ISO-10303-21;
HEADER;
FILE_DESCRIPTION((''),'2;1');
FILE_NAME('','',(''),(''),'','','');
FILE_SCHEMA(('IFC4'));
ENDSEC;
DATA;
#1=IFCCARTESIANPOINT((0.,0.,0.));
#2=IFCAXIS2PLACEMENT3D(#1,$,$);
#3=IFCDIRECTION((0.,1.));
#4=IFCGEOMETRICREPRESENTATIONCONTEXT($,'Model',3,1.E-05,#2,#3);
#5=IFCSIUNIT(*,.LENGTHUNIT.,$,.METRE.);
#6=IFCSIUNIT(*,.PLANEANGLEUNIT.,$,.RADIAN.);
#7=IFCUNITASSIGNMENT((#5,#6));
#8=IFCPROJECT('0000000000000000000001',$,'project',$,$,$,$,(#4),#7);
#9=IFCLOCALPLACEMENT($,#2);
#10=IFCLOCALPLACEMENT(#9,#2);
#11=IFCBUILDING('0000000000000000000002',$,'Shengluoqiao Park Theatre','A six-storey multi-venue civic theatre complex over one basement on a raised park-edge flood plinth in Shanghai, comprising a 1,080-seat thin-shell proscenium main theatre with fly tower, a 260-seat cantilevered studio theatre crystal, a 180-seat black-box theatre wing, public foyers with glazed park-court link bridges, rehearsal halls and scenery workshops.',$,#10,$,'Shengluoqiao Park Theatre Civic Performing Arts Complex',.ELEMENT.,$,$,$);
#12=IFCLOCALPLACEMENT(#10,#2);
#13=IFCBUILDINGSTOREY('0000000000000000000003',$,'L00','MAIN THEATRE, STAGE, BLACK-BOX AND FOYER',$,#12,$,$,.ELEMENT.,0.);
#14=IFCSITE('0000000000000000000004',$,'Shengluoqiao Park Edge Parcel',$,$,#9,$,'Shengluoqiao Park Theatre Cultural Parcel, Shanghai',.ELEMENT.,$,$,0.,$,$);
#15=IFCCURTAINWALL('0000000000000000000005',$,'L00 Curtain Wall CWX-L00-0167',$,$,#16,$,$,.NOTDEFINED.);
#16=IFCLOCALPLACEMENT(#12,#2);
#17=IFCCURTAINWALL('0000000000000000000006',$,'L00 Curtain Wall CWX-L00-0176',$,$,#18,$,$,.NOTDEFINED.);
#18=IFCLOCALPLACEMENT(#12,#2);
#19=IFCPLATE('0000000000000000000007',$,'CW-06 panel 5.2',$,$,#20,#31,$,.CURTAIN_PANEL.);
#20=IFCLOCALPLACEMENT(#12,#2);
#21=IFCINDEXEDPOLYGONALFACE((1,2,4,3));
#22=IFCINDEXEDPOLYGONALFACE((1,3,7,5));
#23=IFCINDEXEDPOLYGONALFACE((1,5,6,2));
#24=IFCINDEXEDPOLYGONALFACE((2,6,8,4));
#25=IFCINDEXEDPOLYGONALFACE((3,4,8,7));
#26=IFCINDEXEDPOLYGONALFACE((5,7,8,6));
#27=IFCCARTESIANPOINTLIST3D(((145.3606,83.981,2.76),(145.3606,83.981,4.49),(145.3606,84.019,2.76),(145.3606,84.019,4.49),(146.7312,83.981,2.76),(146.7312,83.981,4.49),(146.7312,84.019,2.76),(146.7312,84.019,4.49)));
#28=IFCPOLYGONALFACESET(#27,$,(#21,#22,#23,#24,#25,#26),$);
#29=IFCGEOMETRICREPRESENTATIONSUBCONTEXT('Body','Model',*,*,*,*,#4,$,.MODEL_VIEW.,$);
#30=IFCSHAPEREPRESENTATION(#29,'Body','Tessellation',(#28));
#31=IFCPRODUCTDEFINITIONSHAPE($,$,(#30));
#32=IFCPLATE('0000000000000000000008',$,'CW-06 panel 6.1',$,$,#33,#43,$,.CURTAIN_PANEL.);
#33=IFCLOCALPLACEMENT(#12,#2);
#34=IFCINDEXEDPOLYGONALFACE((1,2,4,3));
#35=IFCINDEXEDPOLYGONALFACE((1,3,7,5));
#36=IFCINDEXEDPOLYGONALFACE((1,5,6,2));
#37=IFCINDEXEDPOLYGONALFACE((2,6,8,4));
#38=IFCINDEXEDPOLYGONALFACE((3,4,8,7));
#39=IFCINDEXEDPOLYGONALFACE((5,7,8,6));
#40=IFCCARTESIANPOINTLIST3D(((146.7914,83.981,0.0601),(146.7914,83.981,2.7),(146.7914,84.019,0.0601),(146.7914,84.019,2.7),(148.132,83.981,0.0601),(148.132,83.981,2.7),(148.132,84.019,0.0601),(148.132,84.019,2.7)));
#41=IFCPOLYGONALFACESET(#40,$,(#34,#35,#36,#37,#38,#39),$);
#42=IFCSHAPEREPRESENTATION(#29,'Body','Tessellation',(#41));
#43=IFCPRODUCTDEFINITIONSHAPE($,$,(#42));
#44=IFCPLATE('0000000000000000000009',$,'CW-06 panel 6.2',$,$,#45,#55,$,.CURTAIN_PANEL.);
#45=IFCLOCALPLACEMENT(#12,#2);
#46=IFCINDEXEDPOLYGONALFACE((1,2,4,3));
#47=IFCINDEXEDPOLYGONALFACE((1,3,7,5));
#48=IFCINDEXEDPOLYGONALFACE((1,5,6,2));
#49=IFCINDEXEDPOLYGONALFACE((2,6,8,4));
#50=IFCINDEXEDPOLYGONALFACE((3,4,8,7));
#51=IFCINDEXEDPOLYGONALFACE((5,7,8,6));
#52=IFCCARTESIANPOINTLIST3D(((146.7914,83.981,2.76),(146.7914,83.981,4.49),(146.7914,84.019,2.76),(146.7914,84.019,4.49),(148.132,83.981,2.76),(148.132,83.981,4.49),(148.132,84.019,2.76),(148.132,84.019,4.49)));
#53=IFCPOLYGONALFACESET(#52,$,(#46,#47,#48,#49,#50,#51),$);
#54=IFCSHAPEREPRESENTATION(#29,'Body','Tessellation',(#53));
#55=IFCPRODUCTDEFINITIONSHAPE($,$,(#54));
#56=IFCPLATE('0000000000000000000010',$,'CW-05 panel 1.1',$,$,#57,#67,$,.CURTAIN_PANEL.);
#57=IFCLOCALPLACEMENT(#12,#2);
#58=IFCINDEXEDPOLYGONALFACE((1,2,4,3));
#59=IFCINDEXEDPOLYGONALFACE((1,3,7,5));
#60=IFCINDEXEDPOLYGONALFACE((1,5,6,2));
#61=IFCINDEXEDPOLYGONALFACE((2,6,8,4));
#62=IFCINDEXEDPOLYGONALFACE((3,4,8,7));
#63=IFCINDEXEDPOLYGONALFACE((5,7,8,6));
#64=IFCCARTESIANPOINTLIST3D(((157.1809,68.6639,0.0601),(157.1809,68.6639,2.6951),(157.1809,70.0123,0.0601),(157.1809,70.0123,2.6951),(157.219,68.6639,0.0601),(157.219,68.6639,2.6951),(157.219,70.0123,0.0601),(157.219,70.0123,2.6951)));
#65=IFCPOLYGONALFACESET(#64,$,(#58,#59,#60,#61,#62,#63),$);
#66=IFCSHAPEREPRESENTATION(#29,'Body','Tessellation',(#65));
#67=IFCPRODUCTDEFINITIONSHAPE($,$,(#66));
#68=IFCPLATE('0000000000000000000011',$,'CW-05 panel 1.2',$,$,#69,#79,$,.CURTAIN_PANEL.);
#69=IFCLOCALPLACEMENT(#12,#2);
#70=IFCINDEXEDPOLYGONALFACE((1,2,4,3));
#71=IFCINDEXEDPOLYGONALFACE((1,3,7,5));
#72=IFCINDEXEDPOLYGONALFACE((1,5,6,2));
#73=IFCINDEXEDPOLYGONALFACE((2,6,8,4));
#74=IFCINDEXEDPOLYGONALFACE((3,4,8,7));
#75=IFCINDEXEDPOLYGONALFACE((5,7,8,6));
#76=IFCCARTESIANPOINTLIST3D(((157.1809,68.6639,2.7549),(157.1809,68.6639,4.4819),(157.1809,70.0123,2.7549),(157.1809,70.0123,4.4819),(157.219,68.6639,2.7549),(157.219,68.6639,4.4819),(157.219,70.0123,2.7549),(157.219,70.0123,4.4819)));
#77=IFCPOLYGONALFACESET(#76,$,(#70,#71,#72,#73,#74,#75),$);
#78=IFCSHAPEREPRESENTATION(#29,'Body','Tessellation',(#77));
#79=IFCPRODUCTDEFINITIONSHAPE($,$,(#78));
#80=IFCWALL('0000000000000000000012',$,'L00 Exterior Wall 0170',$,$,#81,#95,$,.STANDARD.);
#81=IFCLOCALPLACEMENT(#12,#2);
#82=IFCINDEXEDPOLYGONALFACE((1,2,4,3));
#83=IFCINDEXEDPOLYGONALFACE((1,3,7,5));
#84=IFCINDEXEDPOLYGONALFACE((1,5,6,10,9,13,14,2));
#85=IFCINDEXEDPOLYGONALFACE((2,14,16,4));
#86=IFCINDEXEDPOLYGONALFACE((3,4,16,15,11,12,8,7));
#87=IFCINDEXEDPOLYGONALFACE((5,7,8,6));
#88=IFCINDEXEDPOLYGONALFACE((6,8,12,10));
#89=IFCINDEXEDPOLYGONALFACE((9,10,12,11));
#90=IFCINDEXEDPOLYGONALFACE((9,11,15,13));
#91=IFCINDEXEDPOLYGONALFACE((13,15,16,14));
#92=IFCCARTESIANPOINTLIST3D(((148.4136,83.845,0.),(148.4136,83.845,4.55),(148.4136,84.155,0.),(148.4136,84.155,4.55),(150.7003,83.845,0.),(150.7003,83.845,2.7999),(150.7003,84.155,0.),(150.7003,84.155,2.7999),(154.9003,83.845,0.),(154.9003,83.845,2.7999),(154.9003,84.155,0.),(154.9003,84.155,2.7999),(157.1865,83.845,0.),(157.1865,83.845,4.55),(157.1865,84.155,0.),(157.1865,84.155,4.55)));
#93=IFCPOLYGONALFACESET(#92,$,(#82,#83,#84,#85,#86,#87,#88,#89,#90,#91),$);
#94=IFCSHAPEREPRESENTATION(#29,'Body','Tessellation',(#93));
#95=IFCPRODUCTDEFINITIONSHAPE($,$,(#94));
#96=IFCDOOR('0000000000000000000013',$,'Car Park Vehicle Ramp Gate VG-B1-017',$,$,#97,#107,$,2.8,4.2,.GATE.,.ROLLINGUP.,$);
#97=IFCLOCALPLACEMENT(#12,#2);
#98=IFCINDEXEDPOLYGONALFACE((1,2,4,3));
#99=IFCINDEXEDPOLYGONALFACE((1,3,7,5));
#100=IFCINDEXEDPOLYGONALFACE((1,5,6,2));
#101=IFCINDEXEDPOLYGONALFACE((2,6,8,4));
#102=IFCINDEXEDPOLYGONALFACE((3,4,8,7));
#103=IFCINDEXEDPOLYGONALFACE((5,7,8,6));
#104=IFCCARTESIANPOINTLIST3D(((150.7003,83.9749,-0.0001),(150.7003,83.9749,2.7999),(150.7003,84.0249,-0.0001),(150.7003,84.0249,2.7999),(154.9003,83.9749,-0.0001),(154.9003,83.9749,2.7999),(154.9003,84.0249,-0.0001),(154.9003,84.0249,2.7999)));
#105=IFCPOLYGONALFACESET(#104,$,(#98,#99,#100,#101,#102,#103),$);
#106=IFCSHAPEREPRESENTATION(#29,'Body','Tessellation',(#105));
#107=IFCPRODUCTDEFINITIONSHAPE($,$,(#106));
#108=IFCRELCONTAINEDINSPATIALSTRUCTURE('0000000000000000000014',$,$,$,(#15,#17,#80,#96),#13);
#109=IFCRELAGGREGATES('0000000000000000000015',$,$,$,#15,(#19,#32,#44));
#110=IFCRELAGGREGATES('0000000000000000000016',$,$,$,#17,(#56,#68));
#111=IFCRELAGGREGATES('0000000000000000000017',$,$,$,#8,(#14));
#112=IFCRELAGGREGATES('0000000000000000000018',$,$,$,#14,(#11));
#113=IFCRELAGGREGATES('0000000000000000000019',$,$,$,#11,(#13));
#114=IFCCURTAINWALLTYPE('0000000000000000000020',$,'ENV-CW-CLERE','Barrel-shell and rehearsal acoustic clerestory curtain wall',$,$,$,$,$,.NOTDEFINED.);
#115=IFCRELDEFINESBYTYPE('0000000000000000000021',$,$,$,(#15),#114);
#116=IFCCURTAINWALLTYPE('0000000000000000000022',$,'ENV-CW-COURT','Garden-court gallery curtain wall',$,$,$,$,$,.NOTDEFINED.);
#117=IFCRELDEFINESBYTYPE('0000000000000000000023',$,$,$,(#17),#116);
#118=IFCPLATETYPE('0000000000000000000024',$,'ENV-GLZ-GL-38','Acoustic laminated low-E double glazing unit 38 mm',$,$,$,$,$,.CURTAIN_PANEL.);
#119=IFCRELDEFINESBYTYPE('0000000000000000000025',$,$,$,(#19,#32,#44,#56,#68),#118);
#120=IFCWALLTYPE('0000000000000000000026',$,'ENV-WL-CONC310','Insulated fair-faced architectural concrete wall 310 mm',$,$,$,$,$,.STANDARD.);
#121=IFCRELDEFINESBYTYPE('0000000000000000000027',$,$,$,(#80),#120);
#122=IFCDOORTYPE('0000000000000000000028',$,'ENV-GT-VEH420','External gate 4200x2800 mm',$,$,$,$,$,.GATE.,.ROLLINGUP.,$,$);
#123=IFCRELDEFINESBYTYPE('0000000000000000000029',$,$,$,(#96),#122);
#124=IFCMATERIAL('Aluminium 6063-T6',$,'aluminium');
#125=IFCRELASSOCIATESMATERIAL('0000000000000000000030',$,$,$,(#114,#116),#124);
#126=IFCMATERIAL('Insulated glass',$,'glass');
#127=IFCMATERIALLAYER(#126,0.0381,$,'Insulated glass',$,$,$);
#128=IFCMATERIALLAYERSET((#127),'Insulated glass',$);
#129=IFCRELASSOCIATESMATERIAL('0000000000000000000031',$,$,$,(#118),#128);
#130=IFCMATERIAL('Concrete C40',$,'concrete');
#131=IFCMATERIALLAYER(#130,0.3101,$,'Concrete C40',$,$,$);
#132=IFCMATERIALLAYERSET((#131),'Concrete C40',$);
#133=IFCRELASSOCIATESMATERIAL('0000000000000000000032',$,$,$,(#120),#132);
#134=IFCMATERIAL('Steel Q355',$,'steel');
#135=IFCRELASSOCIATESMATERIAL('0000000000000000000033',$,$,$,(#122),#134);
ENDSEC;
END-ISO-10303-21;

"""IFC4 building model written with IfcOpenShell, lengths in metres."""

from ifc_helpers import new_model, si_unit, direction, frame, frame_2d, origin, origin_2d, place, context, subcontext, project, spatial, rectangle, extrude, material, layer, layer_set, type_object, element, fill, aggregate, save


model = new_model("IFC4")

# Units and contexts
model_context = context("Model", 3, precision=1e-05, world=origin(), true_north=direction((0.0, 1.0)))
body_context = subcontext(model_context, "Body", "Model", "MODEL_VIEW")
ifc_project = project(units=[si_unit("LENGTHUNIT", "METRE"), si_unit("PLANEANGLEUNIT", "RADIAN")], contexts=[model_context])

# Site, building, storey
site_placement = place(None, origin())
site = spatial("IfcSite", under=ifc_project, at=site_placement, Name="Shengluoqiao Park Edge Parcel", LongName="Shengluoqiao Park Theatre Cultural Parcel, Shanghai", CompositionType="ELEMENT", RefElevation=0.0)
building_placement = place(site_placement, origin())
building = spatial("IfcBuilding", under=site, at=building_placement, Name="Shengluoqiao Park Theatre", Description="A six-storey multi-venue civic theatre complex over one basement on a raised park-edge flood plinth in Shanghai, comprising a 1,080-seat thin-shell proscenium main theatre with fly tower, a 260-seat cantilevered studio theatre crystal, a 180-seat black-box theatre wing, public foyers with glazed park-court link bridges, rehearsal halls and scenery workshops.", LongName="Shengluoqiao Park Theatre Civic Performing Arts Complex", CompositionType="ELEMENT")
storey_placement = place(building_placement, origin())
storey = spatial("IfcBuildingStorey", under=building, at=storey_placement, Name="L00", Description="MAIN THEATRE, STAGE, BLACK-BOX AND FOYER", CompositionType="ELEMENT", Elevation=0.0)

# Shared definitions
ifc_material_1 = material(Name="Concrete C40", Category="concrete")

# Curtain wall
ifc_material_2 = material(Name="Aluminium 6063-T6", Category="aluminium")
curtain_wall_type_1 = type_object("IfcCurtainWallType", Name="ENV-CW-CLERE", Description="Barrel-shell and rehearsal acoustic clerestory curtain wall", PredefinedType="NOTDEFINED", material=ifc_material_2)
curtain_wall_1_placement = place(storey_placement, origin())
curtain_wall_1 = element("IfcCurtainWall", 1, at=curtain_wall_1_placement, inside=storey, type_object=curtain_wall_type_1, Name="L00 Curtain Wall CWX-L00-0167", PredefinedType="NOTDEFINED")

# Curtain wall
curtain_wall_type_2 = type_object("IfcCurtainWallType", Name="ENV-CW-COURT", Description="Garden-court gallery curtain wall", PredefinedType="NOTDEFINED", material=ifc_material_2)
curtain_wall_2_placement = place(storey_placement, origin())
curtain_wall_2 = element("IfcCurtainWall", 2, at=curtain_wall_2_placement, inside=storey, type_object=curtain_wall_type_2, Name="L00 Curtain Wall CWX-L00-0176", PredefinedType="NOTDEFINED")

# Plates
ifc_material_3 = material(Name="Insulated glass", Category="glass")
ifc_layer_1 = layer(ifc_material_3, 0.0381, Name="Insulated glass")
ifc_layer_set_1 = layer_set([ifc_layer_1], Name="Insulated glass")
plate_type = type_object("IfcPlateType", Name="ENV-GLZ-GL-38", Description="Acoustic laminated low-E double glazing unit 38 mm", PredefinedType="CURTAIN_PANEL", material=ifc_layer_set_1)
plate_1_placement = place(storey_placement, frame((146.0459, 84.0, 2.76), z_axis=(0.0, 0.0, 1.0), x_axis=(1.0, 0.0, 0.0)))
plate_1 = element("IfcPlate", 3, at=plate_1_placement, type_object=plate_type, Name="CW-06 panel 5.2", PredefinedType="CURTAIN_PANEL", context=body_context, shape_type="SweptSolid", body=[
    extrude(rectangle(XDim=1.3706, YDim=0.0381, at=origin_2d()), origin(), (0.0, 0.0, 1.0), 1.73),
])
plate_2_placement = place(storey_placement, frame((147.4617, 84.0, 0.0601), z_axis=(0.0, 0.0, 1.0), x_axis=(1.0, 0.0, 0.0)))
plate_2 = element("IfcPlate", 4, at=plate_2_placement, type_object=plate_type, Name="CW-06 panel 6.1", PredefinedType="CURTAIN_PANEL", context=body_context, shape_type="SweptSolid", body=[
    extrude(rectangle(XDim=1.3406, YDim=0.0381, at=origin_2d()), origin(), (0.0, 0.0, 1.0), 2.6399),
])
plate_3_placement = place(storey_placement, frame((147.4617, 84.0, 2.76), z_axis=(0.0, 0.0, 1.0), x_axis=(1.0, 0.0, 0.0)))
plate_3 = element("IfcPlate", 5, at=plate_3_placement, type_object=plate_type, Name="CW-06 panel 6.2", PredefinedType="CURTAIN_PANEL", context=body_context, shape_type="SweptSolid", body=[
    extrude(rectangle(XDim=1.3406, YDim=0.0381, at=origin_2d()), origin(), (0.0, 0.0, 1.0), 1.73),
])
aggregate(curtain_wall_1, [plate_1, plate_2, plate_3])
plate_4_placement = place(storey_placement, frame((157.2, 69.3381, 0.0601), z_axis=(0.0, 0.0, 1.0), x_axis=(0.0, 1.0, 0.0)))
plate_4 = element("IfcPlate", 6, at=plate_4_placement, type_object=plate_type, Name="CW-05 panel 1.1", PredefinedType="CURTAIN_PANEL", context=body_context, shape_type="SweptSolid", body=[
    extrude(rectangle(XDim=1.3484, YDim=0.0381, at=origin_2d()), origin(), (0.0, 0.0, 1.0), 2.635),
])
plate_5_placement = place(storey_placement, frame((157.2, 69.3381, 2.7549), z_axis=(0.0, 0.0, 1.0), x_axis=(0.0, 1.0, 0.0)))
plate_5 = element("IfcPlate", 7, at=plate_5_placement, type_object=plate_type, Name="CW-05 panel 1.2", PredefinedType="CURTAIN_PANEL", context=body_context, shape_type="SweptSolid", body=[
    extrude(rectangle(XDim=1.3484, YDim=0.0381, at=origin_2d()), origin(), (0.0, 0.0, 1.0), 1.7271),
])
aggregate(curtain_wall_2, [plate_4, plate_5])

# Wall, opening, door
ifc_layer_2 = layer(ifc_material_1, 0.3101, Name="Concrete C40")
ifc_layer_set_2 = layer_set([ifc_layer_2], Name="Concrete C40")
wall_type = type_object("IfcWallType", Name="ENV-WL-CONC310", Description="Insulated fair-faced architectural concrete wall 310 mm", PredefinedType="STANDARD", material=ifc_layer_set_2)
wall_placement = place(storey_placement, frame((148.4136, 84.0, 0.0), z_axis=(0.0, 0.0, 1.0), x_axis=(1.0, 0.0, 0.0)))
wall = element("IfcWall", 8, at=wall_placement, inside=storey, type_object=wall_type, Name="L00 Exterior Wall 0170", PredefinedType="STANDARD", context=body_context, shape_type="SweptSolid", body=[
    extrude(rectangle(XDim=8.7729, YDim=0.3101, at=frame_2d((4.3865, 0.0))), origin(), (0.0, 0.0, 1.0), 4.55),
])
opening_placement = place(wall_placement, frame((2.2866, 0.0, 0.0)))
opening = element("IfcOpeningElement", 9, at=opening_placement, cuts=wall, PredefinedType="OPENING", context=body_context, shape_type="SweptSolid", body=[
    extrude(rectangle(XDim=4.2, YDim=2.8, at=frame_2d((2.1001, 1.3999))), frame((0.0, 0.165, 0.0), z_axis=(0.0, -1.0, 0.0), x_axis=(1.0, 0.0, 0.0)), (0.0, 0.0, 1.0), 0.3301),
])
ifc_material_4 = material(Name="Steel Q355", Category="steel")
door_type = type_object("IfcDoorType", Name="ENV-GT-VEH420", Description="External gate 4200x2800 mm", OperationType="ROLLINGUP", PredefinedType="GATE", material=ifc_material_4)
door_placement = place(opening_placement, origin())
door = element("IfcDoor", 10, at=door_placement, inside=storey, type_object=door_type, Name="Car Park Vehicle Ramp Gate VG-B1-017", OperationType="ROLLINGUP", OverallHeight=2.8, OverallWidth=4.2, PredefinedType="GATE", context=body_context, shape_type="SweptSolid", body=[
    extrude(rectangle(XDim=4.2, YDim=2.8, at=frame_2d((2.1001, 1.3999))), frame((0.0, 0.0249, 0.0), z_axis=(0.0, -1.0, 0.0), x_axis=(1.0, 0.0, 0.0)), (0.0, 0.0, 1.0), 0.05),
])
fill(opening, door)

save(model, "model.ifc")
